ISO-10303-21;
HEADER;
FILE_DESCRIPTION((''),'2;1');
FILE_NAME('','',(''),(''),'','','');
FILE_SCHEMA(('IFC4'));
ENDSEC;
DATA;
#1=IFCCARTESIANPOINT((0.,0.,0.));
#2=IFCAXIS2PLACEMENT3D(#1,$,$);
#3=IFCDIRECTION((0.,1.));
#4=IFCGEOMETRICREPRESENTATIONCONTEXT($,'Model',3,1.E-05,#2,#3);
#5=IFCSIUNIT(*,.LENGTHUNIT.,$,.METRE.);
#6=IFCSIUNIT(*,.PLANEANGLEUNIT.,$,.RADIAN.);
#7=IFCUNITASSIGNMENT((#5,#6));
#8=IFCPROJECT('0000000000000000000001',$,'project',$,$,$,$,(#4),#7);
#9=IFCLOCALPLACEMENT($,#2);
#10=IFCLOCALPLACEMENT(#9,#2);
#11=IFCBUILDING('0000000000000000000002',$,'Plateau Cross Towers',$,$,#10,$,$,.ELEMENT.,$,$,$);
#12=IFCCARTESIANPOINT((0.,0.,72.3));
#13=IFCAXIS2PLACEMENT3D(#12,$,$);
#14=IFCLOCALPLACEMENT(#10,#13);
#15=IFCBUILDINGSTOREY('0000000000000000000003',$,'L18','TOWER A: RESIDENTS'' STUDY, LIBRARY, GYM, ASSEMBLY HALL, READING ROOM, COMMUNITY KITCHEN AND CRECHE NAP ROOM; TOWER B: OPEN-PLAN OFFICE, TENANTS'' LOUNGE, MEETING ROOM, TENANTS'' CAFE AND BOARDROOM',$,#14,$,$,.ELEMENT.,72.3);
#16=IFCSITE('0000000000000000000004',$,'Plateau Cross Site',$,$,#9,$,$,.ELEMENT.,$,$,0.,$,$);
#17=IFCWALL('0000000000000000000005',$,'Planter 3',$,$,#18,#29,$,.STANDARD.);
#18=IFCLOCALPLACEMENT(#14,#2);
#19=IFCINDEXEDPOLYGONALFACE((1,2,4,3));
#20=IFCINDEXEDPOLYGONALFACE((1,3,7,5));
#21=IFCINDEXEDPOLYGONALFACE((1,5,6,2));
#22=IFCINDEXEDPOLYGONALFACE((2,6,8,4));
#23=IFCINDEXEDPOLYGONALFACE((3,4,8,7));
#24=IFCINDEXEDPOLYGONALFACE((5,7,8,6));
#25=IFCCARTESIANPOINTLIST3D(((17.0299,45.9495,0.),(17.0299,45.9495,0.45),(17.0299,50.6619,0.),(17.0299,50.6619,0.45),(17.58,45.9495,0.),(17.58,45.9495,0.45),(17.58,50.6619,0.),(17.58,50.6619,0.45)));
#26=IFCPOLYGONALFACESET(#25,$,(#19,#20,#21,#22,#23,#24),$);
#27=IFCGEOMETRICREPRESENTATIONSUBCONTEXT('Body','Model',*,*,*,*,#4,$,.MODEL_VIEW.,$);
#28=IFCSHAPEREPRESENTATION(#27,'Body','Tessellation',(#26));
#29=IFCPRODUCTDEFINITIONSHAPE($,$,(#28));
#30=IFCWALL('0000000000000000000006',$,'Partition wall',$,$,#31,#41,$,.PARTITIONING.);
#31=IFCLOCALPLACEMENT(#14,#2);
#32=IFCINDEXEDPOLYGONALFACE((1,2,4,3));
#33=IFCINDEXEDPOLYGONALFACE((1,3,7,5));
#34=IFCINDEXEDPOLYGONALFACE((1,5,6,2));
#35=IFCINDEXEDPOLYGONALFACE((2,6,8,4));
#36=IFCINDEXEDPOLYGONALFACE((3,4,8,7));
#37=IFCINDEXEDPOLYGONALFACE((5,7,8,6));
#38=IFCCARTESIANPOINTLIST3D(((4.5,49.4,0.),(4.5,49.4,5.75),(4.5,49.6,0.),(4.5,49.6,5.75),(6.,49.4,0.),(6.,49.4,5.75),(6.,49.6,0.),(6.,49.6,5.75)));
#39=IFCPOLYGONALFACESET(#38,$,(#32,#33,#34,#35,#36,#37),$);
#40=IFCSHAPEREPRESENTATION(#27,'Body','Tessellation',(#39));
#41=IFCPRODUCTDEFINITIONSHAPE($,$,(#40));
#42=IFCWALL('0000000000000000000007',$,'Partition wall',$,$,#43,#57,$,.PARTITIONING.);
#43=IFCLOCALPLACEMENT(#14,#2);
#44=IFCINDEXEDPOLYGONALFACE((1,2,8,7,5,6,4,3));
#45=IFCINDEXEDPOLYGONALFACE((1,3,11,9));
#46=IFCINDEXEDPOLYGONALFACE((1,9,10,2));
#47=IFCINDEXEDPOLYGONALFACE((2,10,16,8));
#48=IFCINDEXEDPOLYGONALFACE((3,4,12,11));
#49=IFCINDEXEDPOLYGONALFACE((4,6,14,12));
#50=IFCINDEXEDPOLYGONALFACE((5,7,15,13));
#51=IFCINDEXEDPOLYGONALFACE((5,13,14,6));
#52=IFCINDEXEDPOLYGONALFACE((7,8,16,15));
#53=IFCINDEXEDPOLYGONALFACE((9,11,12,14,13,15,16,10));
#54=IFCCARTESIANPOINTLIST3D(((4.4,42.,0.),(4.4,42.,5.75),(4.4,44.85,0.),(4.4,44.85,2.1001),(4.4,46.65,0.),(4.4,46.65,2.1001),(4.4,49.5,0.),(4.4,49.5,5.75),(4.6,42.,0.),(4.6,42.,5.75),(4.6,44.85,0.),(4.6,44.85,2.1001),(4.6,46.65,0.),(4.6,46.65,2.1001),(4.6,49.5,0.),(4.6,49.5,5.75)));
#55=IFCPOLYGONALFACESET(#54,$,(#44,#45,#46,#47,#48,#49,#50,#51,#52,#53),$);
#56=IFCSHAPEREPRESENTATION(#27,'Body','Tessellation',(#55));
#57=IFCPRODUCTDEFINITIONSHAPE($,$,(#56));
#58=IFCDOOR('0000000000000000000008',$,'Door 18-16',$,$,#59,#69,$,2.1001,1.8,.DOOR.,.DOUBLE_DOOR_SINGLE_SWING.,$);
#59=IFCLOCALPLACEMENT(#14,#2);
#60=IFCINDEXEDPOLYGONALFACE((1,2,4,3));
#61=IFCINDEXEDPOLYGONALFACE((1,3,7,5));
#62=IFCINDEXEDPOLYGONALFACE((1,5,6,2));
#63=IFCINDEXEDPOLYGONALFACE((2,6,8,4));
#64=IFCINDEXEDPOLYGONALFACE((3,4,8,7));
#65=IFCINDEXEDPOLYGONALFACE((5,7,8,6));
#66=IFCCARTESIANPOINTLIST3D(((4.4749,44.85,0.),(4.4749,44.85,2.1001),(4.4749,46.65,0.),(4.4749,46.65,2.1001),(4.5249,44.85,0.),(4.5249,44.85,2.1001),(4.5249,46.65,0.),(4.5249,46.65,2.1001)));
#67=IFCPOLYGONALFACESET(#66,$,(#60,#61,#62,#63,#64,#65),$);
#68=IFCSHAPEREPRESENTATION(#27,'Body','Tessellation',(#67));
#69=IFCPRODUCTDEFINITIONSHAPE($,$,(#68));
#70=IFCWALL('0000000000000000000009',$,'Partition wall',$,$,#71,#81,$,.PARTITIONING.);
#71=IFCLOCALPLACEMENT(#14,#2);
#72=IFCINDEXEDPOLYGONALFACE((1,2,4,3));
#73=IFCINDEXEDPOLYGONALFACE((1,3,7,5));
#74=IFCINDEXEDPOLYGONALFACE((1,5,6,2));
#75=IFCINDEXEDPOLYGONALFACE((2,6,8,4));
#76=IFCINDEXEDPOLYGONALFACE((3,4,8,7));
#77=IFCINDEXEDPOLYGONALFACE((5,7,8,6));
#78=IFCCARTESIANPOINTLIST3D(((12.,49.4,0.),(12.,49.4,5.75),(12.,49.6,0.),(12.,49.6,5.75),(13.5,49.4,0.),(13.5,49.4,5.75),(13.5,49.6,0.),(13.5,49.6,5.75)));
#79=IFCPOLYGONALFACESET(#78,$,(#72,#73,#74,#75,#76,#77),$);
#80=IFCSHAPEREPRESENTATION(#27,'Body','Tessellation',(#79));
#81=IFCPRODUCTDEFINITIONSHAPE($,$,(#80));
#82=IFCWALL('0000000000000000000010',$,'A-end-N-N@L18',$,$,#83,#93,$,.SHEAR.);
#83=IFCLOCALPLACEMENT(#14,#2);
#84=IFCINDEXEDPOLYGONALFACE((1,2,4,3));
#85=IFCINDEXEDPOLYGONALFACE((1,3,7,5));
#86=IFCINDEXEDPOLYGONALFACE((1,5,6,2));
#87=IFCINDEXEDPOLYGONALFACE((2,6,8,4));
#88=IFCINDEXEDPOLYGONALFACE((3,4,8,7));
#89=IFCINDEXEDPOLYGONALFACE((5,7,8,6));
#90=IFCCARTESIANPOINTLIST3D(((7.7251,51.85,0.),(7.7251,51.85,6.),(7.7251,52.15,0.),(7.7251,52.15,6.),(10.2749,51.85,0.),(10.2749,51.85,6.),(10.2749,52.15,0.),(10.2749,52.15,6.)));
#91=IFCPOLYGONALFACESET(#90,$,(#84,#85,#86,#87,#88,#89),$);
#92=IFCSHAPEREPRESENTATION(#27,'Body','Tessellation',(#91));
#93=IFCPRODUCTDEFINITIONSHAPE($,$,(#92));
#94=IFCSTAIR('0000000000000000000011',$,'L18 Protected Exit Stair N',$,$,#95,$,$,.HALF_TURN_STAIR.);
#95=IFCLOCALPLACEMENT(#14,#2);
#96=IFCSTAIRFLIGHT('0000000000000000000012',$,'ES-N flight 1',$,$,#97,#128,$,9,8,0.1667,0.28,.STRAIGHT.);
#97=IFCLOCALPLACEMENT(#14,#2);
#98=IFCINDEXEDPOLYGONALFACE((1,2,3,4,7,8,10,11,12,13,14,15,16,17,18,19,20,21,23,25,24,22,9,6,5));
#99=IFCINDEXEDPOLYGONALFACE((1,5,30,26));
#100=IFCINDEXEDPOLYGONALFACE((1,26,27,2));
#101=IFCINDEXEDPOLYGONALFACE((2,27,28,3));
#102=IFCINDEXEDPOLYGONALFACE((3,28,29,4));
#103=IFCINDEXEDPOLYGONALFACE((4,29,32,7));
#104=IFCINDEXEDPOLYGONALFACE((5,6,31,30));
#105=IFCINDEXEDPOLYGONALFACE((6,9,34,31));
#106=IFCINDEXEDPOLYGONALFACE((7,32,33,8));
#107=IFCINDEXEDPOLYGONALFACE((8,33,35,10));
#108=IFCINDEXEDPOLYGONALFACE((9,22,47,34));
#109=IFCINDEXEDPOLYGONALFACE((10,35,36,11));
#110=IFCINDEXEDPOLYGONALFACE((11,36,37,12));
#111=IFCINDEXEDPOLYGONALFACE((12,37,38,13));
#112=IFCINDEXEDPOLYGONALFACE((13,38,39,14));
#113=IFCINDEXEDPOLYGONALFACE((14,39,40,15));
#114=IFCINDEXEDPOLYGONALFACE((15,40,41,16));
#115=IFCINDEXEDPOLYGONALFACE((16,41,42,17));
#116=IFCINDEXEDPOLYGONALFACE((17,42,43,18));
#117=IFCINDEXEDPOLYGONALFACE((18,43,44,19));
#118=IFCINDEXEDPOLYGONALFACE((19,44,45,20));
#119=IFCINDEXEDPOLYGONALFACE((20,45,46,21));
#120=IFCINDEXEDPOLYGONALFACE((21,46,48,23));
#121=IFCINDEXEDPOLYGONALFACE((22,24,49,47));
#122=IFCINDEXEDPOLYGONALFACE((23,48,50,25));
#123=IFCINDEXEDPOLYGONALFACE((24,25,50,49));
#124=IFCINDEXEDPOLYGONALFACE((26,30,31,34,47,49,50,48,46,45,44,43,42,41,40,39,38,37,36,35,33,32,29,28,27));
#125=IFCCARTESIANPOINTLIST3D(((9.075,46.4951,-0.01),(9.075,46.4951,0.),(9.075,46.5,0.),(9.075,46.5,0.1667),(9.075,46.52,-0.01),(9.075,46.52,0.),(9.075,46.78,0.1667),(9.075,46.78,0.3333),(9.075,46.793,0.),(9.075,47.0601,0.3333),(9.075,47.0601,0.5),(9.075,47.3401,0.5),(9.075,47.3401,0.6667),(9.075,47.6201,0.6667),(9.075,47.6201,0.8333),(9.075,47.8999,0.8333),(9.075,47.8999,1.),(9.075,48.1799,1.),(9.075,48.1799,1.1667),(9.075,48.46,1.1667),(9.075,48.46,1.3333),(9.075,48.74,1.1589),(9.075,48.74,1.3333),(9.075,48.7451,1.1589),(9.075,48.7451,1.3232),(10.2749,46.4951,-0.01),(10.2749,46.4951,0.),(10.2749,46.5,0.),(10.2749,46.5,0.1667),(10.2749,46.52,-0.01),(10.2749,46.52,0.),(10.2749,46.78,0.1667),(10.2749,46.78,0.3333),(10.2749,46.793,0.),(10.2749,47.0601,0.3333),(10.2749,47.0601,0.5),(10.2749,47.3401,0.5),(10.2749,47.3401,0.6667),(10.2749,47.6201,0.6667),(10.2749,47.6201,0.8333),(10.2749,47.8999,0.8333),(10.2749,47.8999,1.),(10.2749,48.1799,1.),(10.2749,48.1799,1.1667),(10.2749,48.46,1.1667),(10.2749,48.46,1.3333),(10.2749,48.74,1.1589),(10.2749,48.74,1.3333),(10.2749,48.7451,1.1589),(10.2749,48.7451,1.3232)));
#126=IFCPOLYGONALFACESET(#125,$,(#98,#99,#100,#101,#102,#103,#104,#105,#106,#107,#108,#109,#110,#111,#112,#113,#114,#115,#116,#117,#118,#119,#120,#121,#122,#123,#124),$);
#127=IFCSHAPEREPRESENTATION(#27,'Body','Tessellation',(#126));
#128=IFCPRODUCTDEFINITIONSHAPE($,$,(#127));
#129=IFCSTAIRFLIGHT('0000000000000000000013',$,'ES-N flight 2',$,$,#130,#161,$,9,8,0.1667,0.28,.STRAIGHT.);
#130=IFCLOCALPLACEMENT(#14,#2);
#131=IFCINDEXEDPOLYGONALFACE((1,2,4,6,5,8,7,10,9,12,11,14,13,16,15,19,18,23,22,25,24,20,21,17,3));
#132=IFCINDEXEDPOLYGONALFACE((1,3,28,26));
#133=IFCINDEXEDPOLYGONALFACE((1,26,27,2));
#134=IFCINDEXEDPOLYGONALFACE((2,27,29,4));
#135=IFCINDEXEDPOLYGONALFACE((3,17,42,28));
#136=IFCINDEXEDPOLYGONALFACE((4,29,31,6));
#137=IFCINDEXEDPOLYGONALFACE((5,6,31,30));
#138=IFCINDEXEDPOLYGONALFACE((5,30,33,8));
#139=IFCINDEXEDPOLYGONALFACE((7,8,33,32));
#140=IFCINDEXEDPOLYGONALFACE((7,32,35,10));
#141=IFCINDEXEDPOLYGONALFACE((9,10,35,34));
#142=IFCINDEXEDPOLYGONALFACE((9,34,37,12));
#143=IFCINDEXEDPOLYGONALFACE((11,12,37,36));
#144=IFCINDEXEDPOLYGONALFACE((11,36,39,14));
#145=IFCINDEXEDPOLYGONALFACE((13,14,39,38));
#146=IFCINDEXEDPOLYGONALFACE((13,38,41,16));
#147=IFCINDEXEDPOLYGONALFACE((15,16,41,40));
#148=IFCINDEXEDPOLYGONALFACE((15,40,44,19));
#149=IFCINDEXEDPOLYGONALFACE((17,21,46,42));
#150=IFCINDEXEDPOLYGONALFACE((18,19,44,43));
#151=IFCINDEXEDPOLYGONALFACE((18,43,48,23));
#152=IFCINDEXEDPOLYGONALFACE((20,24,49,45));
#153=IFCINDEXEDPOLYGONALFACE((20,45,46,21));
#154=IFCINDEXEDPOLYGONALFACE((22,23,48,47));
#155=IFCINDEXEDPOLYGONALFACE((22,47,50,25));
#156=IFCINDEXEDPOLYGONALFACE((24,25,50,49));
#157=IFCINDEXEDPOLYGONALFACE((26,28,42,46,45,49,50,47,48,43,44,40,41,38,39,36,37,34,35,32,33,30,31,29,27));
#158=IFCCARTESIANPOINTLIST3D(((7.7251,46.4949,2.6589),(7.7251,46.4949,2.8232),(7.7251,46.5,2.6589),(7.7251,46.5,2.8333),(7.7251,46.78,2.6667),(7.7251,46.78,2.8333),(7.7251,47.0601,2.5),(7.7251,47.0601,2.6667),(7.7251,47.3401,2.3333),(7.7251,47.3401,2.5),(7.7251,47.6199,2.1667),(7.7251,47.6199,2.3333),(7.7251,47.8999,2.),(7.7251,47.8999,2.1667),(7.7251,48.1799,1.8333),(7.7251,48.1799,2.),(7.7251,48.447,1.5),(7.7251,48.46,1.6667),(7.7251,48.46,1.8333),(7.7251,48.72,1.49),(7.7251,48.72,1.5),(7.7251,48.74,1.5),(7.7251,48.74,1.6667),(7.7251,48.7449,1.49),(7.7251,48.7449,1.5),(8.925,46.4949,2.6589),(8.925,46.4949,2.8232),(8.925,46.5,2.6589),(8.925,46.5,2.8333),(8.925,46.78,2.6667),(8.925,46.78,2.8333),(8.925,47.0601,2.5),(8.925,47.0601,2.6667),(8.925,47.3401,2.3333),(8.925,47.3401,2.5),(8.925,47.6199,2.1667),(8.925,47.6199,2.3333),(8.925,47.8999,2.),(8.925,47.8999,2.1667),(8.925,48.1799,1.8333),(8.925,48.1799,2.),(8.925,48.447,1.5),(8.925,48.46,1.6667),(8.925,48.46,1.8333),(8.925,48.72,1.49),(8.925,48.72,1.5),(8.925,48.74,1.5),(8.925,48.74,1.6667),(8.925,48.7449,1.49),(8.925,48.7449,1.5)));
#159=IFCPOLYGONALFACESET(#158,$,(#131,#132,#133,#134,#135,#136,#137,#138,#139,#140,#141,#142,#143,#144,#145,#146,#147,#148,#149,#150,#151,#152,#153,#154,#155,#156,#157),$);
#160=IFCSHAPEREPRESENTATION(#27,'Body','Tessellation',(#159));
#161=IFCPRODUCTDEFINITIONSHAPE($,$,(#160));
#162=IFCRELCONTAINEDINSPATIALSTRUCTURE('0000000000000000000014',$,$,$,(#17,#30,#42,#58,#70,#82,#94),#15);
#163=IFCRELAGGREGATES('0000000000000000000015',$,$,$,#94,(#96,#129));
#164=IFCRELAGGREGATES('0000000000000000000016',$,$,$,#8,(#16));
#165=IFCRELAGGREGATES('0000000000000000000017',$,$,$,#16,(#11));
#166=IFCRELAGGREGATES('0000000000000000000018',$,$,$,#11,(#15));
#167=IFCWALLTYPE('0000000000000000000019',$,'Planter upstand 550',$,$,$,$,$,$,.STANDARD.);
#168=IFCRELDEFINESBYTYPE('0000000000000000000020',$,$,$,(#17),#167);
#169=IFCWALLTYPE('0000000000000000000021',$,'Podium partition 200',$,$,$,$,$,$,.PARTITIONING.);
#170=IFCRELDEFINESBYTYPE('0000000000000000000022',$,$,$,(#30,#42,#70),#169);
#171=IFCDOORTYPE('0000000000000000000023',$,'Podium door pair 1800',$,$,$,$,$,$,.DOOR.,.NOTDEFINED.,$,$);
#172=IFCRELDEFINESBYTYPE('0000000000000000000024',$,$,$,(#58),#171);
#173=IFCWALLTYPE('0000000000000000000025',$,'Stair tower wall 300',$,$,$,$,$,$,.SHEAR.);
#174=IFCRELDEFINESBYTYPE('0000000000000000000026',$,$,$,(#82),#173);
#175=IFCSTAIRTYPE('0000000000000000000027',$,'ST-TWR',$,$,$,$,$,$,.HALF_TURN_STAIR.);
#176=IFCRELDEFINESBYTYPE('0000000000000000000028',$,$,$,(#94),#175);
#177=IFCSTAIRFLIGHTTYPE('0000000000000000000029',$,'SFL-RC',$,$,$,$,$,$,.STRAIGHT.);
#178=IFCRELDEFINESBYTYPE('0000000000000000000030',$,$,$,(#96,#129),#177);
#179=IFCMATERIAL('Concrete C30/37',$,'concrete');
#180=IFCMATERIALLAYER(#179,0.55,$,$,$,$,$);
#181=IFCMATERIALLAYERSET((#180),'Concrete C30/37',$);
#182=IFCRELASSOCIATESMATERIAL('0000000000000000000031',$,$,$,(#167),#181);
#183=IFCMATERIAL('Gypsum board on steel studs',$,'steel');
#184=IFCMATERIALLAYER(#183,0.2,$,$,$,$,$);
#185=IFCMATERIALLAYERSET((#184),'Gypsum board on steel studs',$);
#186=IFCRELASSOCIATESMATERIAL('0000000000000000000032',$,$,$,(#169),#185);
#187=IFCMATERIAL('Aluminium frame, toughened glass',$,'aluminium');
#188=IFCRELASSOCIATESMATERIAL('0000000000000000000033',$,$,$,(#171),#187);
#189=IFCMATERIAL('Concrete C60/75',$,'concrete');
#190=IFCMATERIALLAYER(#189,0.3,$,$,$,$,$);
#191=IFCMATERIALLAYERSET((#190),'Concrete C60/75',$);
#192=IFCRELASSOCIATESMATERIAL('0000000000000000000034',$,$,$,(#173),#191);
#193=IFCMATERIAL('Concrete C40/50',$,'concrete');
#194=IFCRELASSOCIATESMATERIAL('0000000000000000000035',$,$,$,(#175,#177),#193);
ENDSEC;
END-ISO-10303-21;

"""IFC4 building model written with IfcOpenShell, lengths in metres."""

from ifc_helpers import new_model, si_unit, direction, frame, frame_2d, origin, place, context, subcontext, project, spatial, polyline, rectangle, outline, extrude, material, layer, layer_set, type_object, element, fill, aggregate, save


model = new_model("IFC4")

# Units and contexts
model_context = context("Model", 3, precision=1e-05, world=origin(), true_north=direction((0.0, 1.0)))
body_context = subcontext(model_context, "Body", "Model", "MODEL_VIEW")
ifc_project = project(units=[si_unit("LENGTHUNIT", "METRE"), si_unit("PLANEANGLEUNIT", "RADIAN")], contexts=[model_context])

# Site, building, storey
site_placement = place(None, origin())
site = spatial("IfcSite", under=ifc_project, at=site_placement, Name="Plateau Cross Site", CompositionType="ELEMENT", RefElevation=0.0)
building_placement = place(site_placement, origin())
building = spatial("IfcBuilding", under=site, at=building_placement, Name="Plateau Cross Towers", CompositionType="ELEMENT")
storey_placement = place(building_placement, frame((0.0, 0.0, 72.3)))
storey = spatial("IfcBuildingStorey", under=building, at=storey_placement, Name="L18", Description="TOWER A: RESIDENTS' STUDY, LIBRARY, GYM, ASSEMBLY HALL, READING ROOM, COMMUNITY KITCHEN AND CRECHE NAP ROOM; TOWER B: OPEN-PLAN OFFICE, TENANTS' LOUNGE, MEETING ROOM, TENANTS' CAFE AND BOARDROOM", CompositionType="ELEMENT", Elevation=72.3)

# Shared definitions
ifc_material_1 = material(Name="Concrete C60/75", Category="concrete")

# Walls
ifc_material_2 = material(Name="Concrete C30/37", Category="concrete")
ifc_layer_1 = layer(ifc_material_2, 0.55)
ifc_layer_set_1 = layer_set([ifc_layer_1], Name="Concrete C30/37")
wall_type_1 = type_object("IfcWallType", Name="Planter upstand 550", PredefinedType="STANDARD", material=ifc_layer_set_1)
wall_1_placement = place(storey_placement, frame((17.3049, 50.6619, 0.0), z_axis=(0.0, 0.0, 1.0), x_axis=(0.0, -1.0, 0.0)))
element("IfcWall", 1, at=wall_1_placement, inside=storey, type_object=wall_type_1, Name="Planter 3", PredefinedType="STANDARD", context=body_context, shape_type="SweptSolid", body=[
    extrude(rectangle(XDim=4.7124, YDim=0.55, at=frame_2d((2.3562, 0.0))), origin(), (0.0, 0.0, 1.0), 0.45),
])
ifc_material_3 = material(Name="Gypsum board on steel studs", Category="steel")
ifc_layer_2 = layer(ifc_material_3, 0.2)
ifc_layer_set_2 = layer_set([ifc_layer_2], Name="Gypsum board on steel studs")
wall_type_2 = type_object("IfcWallType", Name="Podium partition 200", PredefinedType="PARTITIONING", material=ifc_layer_set_2)
wall_2_placement = place(storey_placement, frame((6.0, 49.5, 0.0), z_axis=(0.0, 0.0, 1.0), x_axis=(-1.0, 0.0, 0.0)))
element("IfcWall", 2, at=wall_2_placement, inside=storey, type_object=wall_type_2, Name="Partition wall", PredefinedType="PARTITIONING", context=body_context, shape_type="SweptSolid", body=[
    extrude(rectangle(XDim=1.5, YDim=0.2, at=frame_2d((0.75, 0.0))), origin(), (0.0, 0.0, 1.0), 5.75),
])

# Wall, opening, door
wall_3_placement = place(storey_placement, frame((4.5, 49.5, 0.0), z_axis=(0.0, 0.0, 1.0), x_axis=(0.0, -1.0, 0.0)))
wall_3 = element("IfcWall", 3, at=wall_3_placement, inside=storey, type_object=wall_type_2, Name="Partition wall", PredefinedType="PARTITIONING", context=body_context, shape_type="SweptSolid", body=[
    extrude(rectangle(XDim=7.5, YDim=0.2, at=frame_2d((3.75, 0.0))), origin(), (0.0, 0.0, 1.0), 5.75),
])
opening_placement = place(wall_3_placement, frame((2.8501, 0.0, 0.0)))
opening = element("IfcOpeningElement", 4, at=opening_placement, cuts=wall_3, PredefinedType="OPENING", context=body_context, shape_type="SweptSolid", body=[
    extrude(rectangle(XDim=1.8, YDim=2.1001, at=frame_2d((0.8999, 1.05))), frame((0.0, 0.1099, 0.0), z_axis=(0.0, -1.0, 0.0), x_axis=(1.0, 0.0, 0.0)), (0.0, 0.0, 1.0), 0.22),
])
ifc_material_4 = material(Name="Aluminium frame, toughened glass", Category="aluminium")
door_type = type_object("IfcDoorType", Name="Podium door pair 1800", OperationType="NOTDEFINED", PredefinedType="DOOR", material=ifc_material_4)
door_placement = place(opening_placement, origin())
door = element("IfcDoor", 5, at=door_placement, inside=storey, type_object=door_type, Name="Door 18-16", OperationType="DOUBLE_DOOR_SINGLE_SWING", OverallHeight=2.1001, OverallWidth=1.8, PredefinedType="DOOR", context=body_context, shape_type="SweptSolid", body=[
    extrude(rectangle(XDim=1.8, YDim=2.1001, at=frame_2d((0.8999, 1.05))), frame((0.0, 0.0249, 0.0), z_axis=(0.0, -1.0, 0.0), x_axis=(1.0, 0.0, 0.0)), (0.0, 0.0, 1.0), 0.05),
])
fill(opening, door)

# Walls
wall_4_placement = place(storey_placement, frame((13.5, 49.5, 0.0), z_axis=(0.0, 0.0, 1.0), x_axis=(-1.0, 0.0, 0.0)))
element("IfcWall", 6, at=wall_4_placement, inside=storey, type_object=wall_type_2, Name="Partition wall", PredefinedType="PARTITIONING", context=body_context, shape_type="SweptSolid", body=[
    extrude(rectangle(XDim=1.5, YDim=0.2, at=frame_2d((0.75, 0.0))), origin(), (0.0, 0.0, 1.0), 5.75),
])
ifc_layer_3 = layer(ifc_material_1, 0.3)
ifc_layer_set_3 = layer_set([ifc_layer_3], Name="Concrete C60/75")
wall_type_3 = type_object("IfcWallType", Name="Stair tower wall 300", PredefinedType="SHEAR", material=ifc_layer_set_3)
wall_5_placement = place(storey_placement, frame((7.7251, 52.0, 0.0), z_axis=(0.0, 0.0, 1.0), x_axis=(1.0, 0.0, 0.0)))
element("IfcWall", 7, at=wall_5_placement, inside=storey, type_object=wall_type_3, Name="A-end-N-N@L18", PredefinedType="SHEAR", context=body_context, shape_type="SweptSolid", body=[
    extrude(rectangle(XDim=2.5498, YDim=0.3, at=frame_2d((1.2749, 0.0))), origin(), (0.0, 0.0, 1.0), 6.0),
])

# Stair, stair flights
ifc_material_5 = material(Name="Concrete C40/50", Category="concrete")
stair_type = type_object("IfcStairType", Name="ST-TWR", PredefinedType="HALF_TURN_STAIR", material=ifc_material_5)
stair_placement = place(storey_placement, origin())
stair = element("IfcStair", 8, at=stair_placement, inside=storey, type_object=stair_type, Name="L18 Protected Exit Stair N", PredefinedType="HALF_TURN_STAIR")
stair_flight_type = type_object("IfcStairFlightType", Name="SFL-RC", PredefinedType="STRAIGHT", material=ifc_material_5)
stair_flight_1_placement = place(storey_placement, frame((9.675, 46.5, 0.0), z_axis=(0.0, 0.0, 1.0), x_axis=(0.0, 1.0, 0.0)))
stair_flight_1 = element("IfcStairFlight", 9, at=stair_flight_1_placement, type_object=stair_flight_type, Name="ES-N flight 1", NumberOfRisers=9, NumberOfTreads=8, PredefinedType="STRAIGHT", RiserHeight=0.1667, TreadLength=0.28, context=body_context, shape_type="SweptSolid", body=[
    extrude(outline(polyline([(-0.0049, -0.01), (-0.0049, 0.0), (0.0, 0.0), (0.0, 0.1667), (0.28, 0.1667), (0.28, 0.3333), (0.5601, 0.3333), (0.5601, 0.5), (0.8401, 0.5), (0.8401, 0.6667), (1.1201, 0.6667), (1.1201, 0.8333), (1.3999, 0.8333), (1.3999, 1.0), (1.6799, 1.0), (1.6799, 1.1667), (1.96, 1.1667), (1.96, 1.3333), (2.24, 1.3333), (2.2451, 1.3232), (2.2451, 1.1589), (2.24, 1.1589), (0.293, 0.0), (0.02, 0.0), (0.02, -0.01), (-0.0049, -0.01)])), frame((0.0, 0.6001, 0.0), z_axis=(0.0, -1.0, 0.0), x_axis=(1.0, 0.0, 0.0)), (0.0, 0.0, 1.0), 1.2),
])
stair_flight_2_placement = place(storey_placement, frame((8.325, 48.74, 1.5), z_axis=(0.0, 0.0, 1.0), x_axis=(0.0, -1.0, 0.0)))
stair_flight_2 = element("IfcStairFlight", 10, at=stair_flight_2_placement, type_object=stair_flight_type, Name="ES-N flight 2", NumberOfRisers=9, NumberOfTreads=8, PredefinedType="STRAIGHT", RiserHeight=0.1667, TreadLength=0.28, context=body_context, shape_type="SweptSolid", body=[
    extrude(outline(polyline([(-0.0049, -0.01), (-0.0049, 0.0), (0.0, 0.0), (0.0, 0.1667), (0.28, 0.1667), (0.28, 0.3333), (0.5601, 0.3333), (0.5601, 0.5), (0.8401, 0.5), (0.8401, 0.6667), (1.1201, 0.6667), (1.1201, 0.8333), (1.3999, 0.8333), (1.3999, 1.0), (1.6799, 1.0), (1.6799, 1.1667), (1.96, 1.1667), (1.96, 1.3333), (2.24, 1.3333), (2.2451, 1.3232), (2.2451, 1.1589), (2.24, 1.1589), (0.293, 0.0), (0.02, 0.0), (0.02, -0.01), (-0.0049, -0.01)])), frame((0.0, 0.6001, 0.0), z_axis=(0.0, -1.0, 0.0), x_axis=(1.0, 0.0, 0.0)), (0.0, 0.0, 1.0), 1.2),
])
aggregate(stair, [stair_flight_1, stair_flight_2])

save(model, "model.ifc")
